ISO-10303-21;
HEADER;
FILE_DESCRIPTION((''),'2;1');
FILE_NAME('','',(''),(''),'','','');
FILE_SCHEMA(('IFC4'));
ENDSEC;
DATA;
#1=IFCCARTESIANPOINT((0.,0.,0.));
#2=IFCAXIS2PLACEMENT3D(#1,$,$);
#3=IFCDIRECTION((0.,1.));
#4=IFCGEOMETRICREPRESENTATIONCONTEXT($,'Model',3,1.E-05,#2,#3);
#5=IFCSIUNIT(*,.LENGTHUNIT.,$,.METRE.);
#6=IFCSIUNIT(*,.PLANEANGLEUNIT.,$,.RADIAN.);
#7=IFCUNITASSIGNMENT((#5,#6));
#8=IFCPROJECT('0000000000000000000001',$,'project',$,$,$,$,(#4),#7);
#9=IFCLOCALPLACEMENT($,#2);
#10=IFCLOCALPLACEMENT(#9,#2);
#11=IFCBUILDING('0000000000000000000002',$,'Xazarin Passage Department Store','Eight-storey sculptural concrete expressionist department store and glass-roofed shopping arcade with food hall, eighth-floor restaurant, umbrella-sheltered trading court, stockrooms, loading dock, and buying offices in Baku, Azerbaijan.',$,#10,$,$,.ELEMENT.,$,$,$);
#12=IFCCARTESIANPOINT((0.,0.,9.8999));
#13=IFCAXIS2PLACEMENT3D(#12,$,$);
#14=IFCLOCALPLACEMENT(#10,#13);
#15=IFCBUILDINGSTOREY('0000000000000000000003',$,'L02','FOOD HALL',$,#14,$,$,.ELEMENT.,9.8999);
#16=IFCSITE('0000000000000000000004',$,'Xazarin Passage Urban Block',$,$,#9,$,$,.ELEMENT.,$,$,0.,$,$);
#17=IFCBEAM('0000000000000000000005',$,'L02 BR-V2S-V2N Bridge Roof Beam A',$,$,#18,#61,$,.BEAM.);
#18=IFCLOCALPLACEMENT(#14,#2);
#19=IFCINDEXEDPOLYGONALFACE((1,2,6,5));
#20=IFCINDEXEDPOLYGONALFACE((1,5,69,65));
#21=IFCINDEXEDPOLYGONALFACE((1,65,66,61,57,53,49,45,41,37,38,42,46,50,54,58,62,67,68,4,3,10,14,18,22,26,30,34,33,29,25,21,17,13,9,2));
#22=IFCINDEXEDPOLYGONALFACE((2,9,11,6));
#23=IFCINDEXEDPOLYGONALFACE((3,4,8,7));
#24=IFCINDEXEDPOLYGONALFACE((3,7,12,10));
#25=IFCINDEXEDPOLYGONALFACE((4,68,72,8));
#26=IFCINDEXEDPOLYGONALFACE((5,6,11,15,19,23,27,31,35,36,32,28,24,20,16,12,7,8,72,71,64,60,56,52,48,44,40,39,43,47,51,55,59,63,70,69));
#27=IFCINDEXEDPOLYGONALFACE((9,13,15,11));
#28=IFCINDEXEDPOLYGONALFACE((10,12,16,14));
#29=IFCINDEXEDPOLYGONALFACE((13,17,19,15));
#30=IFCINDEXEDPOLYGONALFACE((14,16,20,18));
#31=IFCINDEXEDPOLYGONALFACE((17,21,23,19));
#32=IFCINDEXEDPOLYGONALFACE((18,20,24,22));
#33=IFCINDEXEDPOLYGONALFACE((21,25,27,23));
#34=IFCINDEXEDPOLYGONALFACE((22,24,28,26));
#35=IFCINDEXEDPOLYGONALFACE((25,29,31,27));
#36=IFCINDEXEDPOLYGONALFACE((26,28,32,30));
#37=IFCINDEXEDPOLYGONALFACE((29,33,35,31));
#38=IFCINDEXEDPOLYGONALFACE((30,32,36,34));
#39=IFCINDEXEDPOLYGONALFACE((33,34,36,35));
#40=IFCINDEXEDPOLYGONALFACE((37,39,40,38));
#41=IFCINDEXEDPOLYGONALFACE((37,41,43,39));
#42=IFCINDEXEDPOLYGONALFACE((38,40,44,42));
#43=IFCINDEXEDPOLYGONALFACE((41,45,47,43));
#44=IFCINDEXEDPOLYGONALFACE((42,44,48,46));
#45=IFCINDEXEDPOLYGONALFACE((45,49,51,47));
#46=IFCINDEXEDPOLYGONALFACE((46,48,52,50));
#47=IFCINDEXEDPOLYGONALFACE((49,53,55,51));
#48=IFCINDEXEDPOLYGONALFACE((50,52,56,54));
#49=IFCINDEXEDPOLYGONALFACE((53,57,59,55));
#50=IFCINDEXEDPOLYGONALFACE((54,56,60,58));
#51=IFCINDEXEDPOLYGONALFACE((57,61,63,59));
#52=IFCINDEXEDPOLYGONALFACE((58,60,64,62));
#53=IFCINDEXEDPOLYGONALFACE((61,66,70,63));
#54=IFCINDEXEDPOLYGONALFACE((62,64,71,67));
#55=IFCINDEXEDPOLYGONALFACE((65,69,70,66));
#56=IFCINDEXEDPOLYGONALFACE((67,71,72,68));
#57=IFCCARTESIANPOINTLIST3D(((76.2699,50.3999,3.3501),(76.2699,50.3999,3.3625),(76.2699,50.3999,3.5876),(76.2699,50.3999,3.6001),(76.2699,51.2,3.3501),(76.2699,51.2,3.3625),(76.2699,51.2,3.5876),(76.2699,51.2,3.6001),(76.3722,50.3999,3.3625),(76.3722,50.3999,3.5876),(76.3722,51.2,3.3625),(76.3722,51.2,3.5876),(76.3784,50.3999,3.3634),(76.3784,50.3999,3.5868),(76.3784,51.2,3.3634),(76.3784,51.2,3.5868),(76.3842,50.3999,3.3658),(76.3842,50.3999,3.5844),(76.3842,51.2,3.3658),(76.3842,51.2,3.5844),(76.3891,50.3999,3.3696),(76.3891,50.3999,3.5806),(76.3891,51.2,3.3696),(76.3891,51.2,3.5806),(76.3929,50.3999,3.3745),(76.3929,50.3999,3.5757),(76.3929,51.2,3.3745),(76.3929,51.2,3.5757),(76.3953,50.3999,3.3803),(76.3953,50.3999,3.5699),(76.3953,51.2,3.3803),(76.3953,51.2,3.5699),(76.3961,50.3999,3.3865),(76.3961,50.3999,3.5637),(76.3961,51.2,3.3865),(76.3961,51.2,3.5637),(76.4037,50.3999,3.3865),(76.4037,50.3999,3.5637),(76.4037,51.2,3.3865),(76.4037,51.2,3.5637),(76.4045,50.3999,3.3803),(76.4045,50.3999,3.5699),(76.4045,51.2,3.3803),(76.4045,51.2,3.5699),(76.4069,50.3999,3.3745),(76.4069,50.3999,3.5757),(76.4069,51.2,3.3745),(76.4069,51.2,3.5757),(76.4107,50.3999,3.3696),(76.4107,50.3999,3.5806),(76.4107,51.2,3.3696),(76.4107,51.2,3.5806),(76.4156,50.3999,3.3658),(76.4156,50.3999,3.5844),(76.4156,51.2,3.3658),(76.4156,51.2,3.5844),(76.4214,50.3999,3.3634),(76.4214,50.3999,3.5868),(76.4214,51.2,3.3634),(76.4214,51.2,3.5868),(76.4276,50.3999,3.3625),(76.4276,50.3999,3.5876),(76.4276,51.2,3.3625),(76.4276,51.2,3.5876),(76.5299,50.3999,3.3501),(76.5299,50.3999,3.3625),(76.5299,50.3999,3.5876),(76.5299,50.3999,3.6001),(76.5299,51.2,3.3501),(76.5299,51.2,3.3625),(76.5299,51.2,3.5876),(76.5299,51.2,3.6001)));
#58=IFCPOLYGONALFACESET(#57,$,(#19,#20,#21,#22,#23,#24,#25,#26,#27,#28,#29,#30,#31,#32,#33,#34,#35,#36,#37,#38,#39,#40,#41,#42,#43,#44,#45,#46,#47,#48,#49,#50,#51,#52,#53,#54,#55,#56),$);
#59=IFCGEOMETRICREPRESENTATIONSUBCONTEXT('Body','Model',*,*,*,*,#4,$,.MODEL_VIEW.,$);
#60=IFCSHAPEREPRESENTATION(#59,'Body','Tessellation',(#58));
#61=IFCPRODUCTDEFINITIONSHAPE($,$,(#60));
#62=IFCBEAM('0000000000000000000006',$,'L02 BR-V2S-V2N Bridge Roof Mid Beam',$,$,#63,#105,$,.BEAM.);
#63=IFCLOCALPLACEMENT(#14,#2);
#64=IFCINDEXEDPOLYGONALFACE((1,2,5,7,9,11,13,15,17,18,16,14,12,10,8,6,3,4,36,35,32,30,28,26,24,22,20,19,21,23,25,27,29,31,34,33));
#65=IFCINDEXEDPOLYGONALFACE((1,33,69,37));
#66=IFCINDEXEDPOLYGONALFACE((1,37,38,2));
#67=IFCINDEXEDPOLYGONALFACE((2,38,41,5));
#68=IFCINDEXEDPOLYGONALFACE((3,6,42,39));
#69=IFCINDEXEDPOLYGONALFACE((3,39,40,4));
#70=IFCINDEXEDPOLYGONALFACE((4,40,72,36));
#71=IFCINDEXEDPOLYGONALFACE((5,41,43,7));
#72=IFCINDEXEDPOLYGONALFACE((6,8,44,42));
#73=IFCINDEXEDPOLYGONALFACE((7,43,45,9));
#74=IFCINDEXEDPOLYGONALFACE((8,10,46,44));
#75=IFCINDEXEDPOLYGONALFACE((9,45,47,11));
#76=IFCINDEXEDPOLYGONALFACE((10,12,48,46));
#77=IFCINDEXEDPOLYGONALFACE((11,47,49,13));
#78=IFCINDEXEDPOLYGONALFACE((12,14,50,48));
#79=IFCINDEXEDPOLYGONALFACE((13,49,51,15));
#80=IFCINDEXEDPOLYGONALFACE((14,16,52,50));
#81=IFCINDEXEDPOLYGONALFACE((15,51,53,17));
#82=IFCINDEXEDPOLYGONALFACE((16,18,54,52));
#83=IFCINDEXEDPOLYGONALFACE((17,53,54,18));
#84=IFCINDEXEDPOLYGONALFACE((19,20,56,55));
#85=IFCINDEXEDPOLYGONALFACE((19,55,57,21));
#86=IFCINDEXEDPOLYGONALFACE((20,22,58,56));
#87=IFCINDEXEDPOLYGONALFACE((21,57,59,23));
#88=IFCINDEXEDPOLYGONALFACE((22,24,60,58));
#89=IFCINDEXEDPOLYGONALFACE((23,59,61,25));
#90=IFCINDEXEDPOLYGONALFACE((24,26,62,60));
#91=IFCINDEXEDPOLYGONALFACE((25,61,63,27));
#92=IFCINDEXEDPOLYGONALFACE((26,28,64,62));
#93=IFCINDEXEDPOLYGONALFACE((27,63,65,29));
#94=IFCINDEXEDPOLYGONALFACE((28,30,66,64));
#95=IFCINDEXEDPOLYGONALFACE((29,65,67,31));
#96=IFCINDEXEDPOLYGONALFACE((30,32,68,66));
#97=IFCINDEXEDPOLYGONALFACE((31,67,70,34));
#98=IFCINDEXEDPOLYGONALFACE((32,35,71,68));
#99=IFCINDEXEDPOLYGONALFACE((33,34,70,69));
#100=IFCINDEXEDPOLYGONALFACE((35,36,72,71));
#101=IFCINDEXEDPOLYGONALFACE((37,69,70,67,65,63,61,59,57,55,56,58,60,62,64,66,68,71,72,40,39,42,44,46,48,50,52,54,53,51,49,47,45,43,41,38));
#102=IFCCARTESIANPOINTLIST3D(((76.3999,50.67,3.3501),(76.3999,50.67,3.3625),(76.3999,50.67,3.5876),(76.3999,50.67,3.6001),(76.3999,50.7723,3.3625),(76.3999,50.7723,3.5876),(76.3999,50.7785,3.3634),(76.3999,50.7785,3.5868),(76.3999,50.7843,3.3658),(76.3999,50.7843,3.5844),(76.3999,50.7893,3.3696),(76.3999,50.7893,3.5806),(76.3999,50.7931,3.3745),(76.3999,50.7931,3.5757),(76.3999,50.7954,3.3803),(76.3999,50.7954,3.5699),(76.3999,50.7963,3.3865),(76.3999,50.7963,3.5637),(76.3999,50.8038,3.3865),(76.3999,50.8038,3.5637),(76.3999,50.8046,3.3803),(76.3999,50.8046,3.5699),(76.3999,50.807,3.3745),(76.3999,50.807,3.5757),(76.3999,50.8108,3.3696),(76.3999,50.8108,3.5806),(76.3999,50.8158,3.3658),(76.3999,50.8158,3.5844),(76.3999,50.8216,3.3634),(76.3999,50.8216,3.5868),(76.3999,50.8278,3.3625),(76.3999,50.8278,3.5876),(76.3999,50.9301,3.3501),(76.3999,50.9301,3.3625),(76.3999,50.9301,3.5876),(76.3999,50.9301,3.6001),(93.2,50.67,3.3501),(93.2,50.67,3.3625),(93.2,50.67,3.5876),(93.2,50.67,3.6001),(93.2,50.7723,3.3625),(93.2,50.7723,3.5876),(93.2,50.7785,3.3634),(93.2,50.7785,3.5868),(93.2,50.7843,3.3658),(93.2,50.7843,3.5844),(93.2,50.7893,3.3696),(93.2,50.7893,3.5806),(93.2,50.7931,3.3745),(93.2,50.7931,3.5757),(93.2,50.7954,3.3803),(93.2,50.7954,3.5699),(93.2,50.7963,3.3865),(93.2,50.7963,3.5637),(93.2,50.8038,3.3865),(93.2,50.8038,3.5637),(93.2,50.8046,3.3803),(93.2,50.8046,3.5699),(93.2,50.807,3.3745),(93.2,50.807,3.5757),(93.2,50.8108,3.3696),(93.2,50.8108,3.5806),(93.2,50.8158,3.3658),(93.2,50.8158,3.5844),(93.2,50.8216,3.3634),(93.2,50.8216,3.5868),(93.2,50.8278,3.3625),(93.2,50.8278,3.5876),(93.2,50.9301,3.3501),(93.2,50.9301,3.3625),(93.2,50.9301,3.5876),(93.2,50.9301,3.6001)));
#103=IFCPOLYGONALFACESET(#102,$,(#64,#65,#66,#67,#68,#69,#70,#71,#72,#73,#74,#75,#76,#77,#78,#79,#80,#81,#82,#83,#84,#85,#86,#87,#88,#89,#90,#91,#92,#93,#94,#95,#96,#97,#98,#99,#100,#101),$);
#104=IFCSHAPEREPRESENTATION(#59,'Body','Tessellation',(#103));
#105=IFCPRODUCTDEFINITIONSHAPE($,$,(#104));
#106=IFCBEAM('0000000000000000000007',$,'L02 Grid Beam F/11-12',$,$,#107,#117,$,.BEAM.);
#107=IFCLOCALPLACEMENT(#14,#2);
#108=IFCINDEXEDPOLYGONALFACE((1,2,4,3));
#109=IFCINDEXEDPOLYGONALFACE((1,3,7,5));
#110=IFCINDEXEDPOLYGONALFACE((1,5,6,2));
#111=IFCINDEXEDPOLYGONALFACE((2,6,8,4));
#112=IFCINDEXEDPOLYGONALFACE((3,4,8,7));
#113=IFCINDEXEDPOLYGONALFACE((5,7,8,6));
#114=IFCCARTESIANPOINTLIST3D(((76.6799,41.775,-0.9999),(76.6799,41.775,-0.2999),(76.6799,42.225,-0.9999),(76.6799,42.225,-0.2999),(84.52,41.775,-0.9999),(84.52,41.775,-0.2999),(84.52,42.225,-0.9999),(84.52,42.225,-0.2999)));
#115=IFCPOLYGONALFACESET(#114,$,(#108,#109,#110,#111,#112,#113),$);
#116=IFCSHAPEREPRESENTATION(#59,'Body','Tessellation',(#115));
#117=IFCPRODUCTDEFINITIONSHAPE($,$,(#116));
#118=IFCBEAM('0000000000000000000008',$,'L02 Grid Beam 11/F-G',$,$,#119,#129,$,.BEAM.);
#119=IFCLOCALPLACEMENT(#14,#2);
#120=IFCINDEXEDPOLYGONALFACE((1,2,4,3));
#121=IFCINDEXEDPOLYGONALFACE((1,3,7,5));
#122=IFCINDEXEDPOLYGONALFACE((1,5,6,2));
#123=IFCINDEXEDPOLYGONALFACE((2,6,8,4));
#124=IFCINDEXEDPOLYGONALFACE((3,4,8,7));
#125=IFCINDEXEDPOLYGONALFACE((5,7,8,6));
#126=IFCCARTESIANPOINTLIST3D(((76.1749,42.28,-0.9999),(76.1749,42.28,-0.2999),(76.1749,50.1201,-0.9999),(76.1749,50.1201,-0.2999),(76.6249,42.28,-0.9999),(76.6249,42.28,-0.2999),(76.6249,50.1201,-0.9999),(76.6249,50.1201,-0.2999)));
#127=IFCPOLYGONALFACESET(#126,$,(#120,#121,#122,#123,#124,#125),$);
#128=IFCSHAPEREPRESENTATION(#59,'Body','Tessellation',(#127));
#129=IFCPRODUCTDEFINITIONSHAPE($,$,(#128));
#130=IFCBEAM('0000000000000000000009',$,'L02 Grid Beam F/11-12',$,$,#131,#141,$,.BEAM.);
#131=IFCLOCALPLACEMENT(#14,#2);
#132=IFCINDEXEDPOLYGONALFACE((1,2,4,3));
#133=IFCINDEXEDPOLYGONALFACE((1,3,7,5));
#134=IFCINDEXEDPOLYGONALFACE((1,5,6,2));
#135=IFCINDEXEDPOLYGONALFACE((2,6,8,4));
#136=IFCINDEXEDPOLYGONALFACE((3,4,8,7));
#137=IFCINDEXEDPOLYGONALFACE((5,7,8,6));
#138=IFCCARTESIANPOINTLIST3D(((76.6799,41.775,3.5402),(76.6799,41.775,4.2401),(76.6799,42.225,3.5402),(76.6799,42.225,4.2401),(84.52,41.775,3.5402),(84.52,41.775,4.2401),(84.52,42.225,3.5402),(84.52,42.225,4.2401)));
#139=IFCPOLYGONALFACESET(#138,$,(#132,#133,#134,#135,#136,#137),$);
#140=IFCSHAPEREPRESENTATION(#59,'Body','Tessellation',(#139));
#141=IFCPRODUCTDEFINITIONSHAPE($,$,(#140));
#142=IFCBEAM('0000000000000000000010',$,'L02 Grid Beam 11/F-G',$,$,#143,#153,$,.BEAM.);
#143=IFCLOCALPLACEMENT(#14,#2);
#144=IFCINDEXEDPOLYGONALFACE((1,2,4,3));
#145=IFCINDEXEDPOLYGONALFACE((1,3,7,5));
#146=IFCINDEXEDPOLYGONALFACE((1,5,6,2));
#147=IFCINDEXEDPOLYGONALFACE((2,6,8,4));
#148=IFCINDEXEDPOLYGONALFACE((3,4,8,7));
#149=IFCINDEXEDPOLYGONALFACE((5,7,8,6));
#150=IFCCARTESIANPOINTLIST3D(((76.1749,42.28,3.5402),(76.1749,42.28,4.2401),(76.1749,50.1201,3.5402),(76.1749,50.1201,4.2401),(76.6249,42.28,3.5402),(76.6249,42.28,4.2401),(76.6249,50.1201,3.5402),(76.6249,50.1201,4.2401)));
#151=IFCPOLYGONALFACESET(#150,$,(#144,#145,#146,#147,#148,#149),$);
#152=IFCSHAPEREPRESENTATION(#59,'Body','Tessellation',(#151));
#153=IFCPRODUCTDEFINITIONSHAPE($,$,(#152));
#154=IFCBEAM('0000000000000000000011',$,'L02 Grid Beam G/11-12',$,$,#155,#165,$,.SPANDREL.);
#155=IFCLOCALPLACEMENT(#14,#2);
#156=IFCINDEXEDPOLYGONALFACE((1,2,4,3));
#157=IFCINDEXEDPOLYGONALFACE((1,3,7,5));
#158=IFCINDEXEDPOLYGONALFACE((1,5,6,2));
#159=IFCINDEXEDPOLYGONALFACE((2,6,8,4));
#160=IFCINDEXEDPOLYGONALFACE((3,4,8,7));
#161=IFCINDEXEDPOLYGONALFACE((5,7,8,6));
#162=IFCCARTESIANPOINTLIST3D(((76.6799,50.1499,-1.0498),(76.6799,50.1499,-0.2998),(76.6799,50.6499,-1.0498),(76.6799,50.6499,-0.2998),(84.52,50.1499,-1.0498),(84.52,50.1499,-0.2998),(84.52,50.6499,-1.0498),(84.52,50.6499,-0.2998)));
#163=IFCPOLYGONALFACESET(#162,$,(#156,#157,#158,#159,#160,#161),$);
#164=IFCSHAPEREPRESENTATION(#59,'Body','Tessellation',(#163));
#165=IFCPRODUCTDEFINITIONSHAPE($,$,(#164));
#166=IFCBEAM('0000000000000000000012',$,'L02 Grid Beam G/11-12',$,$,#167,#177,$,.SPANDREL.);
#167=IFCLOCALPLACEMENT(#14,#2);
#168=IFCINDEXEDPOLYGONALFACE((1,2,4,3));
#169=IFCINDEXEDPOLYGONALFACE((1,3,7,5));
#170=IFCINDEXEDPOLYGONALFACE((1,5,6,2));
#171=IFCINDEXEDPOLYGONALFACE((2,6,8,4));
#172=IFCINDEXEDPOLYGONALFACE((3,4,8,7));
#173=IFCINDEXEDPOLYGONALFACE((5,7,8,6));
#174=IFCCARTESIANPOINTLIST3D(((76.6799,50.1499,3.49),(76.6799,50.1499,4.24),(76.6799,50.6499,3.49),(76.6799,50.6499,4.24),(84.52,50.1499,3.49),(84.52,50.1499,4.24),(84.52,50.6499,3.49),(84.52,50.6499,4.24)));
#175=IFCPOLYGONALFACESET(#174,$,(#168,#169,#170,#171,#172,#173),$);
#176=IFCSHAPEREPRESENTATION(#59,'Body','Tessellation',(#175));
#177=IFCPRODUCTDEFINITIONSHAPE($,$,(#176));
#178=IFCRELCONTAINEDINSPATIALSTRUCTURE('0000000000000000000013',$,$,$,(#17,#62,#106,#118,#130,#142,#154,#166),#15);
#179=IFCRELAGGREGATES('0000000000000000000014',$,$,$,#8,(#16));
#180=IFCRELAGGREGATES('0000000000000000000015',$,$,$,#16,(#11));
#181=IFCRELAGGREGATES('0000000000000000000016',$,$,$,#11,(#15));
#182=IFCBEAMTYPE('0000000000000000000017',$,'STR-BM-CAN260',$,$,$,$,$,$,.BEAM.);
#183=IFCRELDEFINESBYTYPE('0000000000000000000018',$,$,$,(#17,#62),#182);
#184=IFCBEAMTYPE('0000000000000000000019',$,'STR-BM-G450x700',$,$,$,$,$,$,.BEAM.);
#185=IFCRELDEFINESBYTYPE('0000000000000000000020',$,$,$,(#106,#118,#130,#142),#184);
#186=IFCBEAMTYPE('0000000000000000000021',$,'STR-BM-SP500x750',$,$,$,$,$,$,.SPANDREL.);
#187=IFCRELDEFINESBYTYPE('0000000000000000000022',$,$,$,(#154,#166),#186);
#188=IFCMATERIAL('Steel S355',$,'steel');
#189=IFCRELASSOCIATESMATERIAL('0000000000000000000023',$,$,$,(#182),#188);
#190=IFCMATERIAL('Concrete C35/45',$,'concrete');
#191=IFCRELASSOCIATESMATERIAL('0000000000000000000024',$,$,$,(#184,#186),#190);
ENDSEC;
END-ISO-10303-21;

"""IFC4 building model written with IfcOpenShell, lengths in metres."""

from ifc_helpers import new_model, si_unit, direction, frame, origin, origin_2d, place, context, subcontext, project, spatial, rectangle, i_section, extrude, material, material_profile, profile_set, type_object, element, save


model = new_model("IFC4")

# Units and contexts
model_context = context("Model", 3, precision=1e-05, world=origin(), true_north=direction((0.0, 1.0)))
body_context = subcontext(model_context, "Body", "Model", "MODEL_VIEW")
ifc_project = project(units=[si_unit("LENGTHUNIT", "METRE"), si_unit("PLANEANGLEUNIT", "RADIAN")], contexts=[model_context])

# Site, building, storey
site_placement = place(None, origin())
site = spatial("IfcSite", under=ifc_project, at=site_placement, Name="Xazarin Passage Urban Block", CompositionType="ELEMENT", RefElevation=0.0)
building_placement = place(site_placement, origin())
building = spatial("IfcBuilding", under=site, at=building_placement, Name="Xazarin Passage Department Store", Description="Eight-storey sculptural concrete expressionist department store and glass-roofed shopping arcade with food hall, eighth-floor restaurant, umbrella-sheltered trading court, stockrooms, loading dock, and buying offices in Baku, Azerbaijan.", CompositionType="ELEMENT")
storey_placement = place(building_placement, frame((0.0, 0.0, 9.8999)))
storey = spatial("IfcBuildingStorey", under=building, at=storey_placement, Name="L02", Description="FOOD HALL", CompositionType="ELEMENT", Elevation=9.8999)

# Beams
ifc_material_1 = material(Name="Steel S355", Category="steel")
ifc_material_profile_1 = material_profile(ifc_material_1, i_section(OverallWidth=0.26, OverallDepth=0.25, WebThickness=0.0076, FlangeThickness=0.0125, FilletRadius=0.0239, at=origin_2d()), Name="HEA 260")
ifc_profile_set_1 = profile_set([ifc_material_profile_1], Name="Steel S355")
beam_type_1 = type_object("IfcBeamType", Name="STR-BM-CAN260", PredefinedType="BEAM", material=ifc_profile_set_1)
beam_1_placement = place(storey_placement, frame((76.3999, 50.3999, 3.4751), z_axis=(0.0, 1.0, 0.0), x_axis=(-1.0, 0.0, 0.0)))
element("IfcBeam", 1, at=beam_1_placement, inside=storey, type_object=beam_type_1, Name="L02 BR-V2S-V2N Bridge Roof Beam A", PredefinedType="BEAM", context=body_context, shape_type="SweptSolid", body=[
    extrude(i_section(OverallWidth=0.26, OverallDepth=0.25, WebThickness=0.0076, FlangeThickness=0.0125, FilletRadius=0.0239, at=origin_2d()), origin(), (0.0, 0.0, 1.0), 0.8),
])
beam_2_placement = place(storey_placement, frame((76.3999, 50.8, 3.4751), z_axis=(1.0, 0.0, 0.0), x_axis=(0.0, 1.0, 0.0)))
element("IfcBeam", 2, at=beam_2_placement, inside=storey, type_object=beam_type_1, Name="L02 BR-V2S-V2N Bridge Roof Mid Beam", PredefinedType="BEAM", context=body_context, shape_type="SweptSolid", body=[
    extrude(i_section(OverallWidth=0.26, OverallDepth=0.25, WebThickness=0.0076, FlangeThickness=0.0125, FilletRadius=0.0239, at=origin_2d()), origin(), (0.0, 0.0, 1.0), 16.8),
])
ifc_material_2 = material(Name="Concrete C35/45", Category="concrete")
ifc_material_profile_2 = material_profile(ifc_material_2, rectangle(XDim=0.45, YDim=0.7, at=origin_2d()), Name="RC 450x700")
ifc_profile_set_2 = profile_set([ifc_material_profile_2], Name="Concrete C35/45")
beam_type_2 = type_object("IfcBeamType", Name="STR-BM-G450x700", PredefinedType="BEAM", material=ifc_profile_set_2)
for number, where, z_axis, x_axis, name in (
    (3, (76.6799, 42.0, -0.6499), (1.0, 0.0, 0.0), (0.0, 1.0, 0.0), "L02 Grid Beam F/11-12"),
    (4, (76.3999, 42.28, -0.6499), (0.0, 1.0, 0.0), (-1.0, 0.0, 0.0), "L02 Grid Beam 11/F-G"),
    (5, (76.6799, 42.0, 3.8901), (1.0, 0.0, 0.0), (0.0, 1.0, 0.0), "L02 Grid Beam F/11-12"),
    (6, (76.3999, 42.28, 3.8901), (0.0, 1.0, 0.0), (-1.0, 0.0, 0.0), "L02 Grid Beam 11/F-G"),
):
    element("IfcBeam", number, at=place(storey_placement, frame(where, z_axis=z_axis, x_axis=x_axis)), inside=storey, type_object=beam_type_2, Name=name, PredefinedType="BEAM", context=body_context, shape_type="SweptSolid", body=[
        extrude(rectangle(XDim=0.45, YDim=0.7, at=origin_2d()), origin(), (0.0, 0.0, 1.0), 7.8401),
    ])
ifc_material_profile_3 = material_profile(ifc_material_2, rectangle(XDim=0.5, YDim=0.75, at=origin_2d()), Name="RC 500x750")
ifc_profile_set_3 = profile_set([ifc_material_profile_3], Name="Concrete C35/45")
beam_type_3 = type_object("IfcBeamType", Name="STR-BM-SP500x750", PredefinedType="SPANDREL", material=ifc_profile_set_3)
for number, where, z_axis, x_axis, name in (
    (7, (76.6799, 50.3999, -0.6748), (1.0, 0.0, 0.0), (0.0, 1.0, 0.0), "L02 Grid Beam G/11-12"),
    (8, (76.6799, 50.3999, 3.865), (1.0, 0.0, 0.0), (0.0, 1.0, 0.0), "L02 Grid Beam G/11-12"),
):
    element("IfcBeam", number, at=place(storey_placement, frame(where, z_axis=z_axis, x_axis=x_axis)), inside=storey, type_object=beam_type_3, Name=name, PredefinedType="SPANDREL", context=body_context, shape_type="SweptSolid", body=[
        extrude(rectangle(XDim=0.5, YDim=0.75, at=origin_2d()), origin(), (0.0, 0.0, 1.0), 7.8401),
    ])

save(model, "model.ifc")
